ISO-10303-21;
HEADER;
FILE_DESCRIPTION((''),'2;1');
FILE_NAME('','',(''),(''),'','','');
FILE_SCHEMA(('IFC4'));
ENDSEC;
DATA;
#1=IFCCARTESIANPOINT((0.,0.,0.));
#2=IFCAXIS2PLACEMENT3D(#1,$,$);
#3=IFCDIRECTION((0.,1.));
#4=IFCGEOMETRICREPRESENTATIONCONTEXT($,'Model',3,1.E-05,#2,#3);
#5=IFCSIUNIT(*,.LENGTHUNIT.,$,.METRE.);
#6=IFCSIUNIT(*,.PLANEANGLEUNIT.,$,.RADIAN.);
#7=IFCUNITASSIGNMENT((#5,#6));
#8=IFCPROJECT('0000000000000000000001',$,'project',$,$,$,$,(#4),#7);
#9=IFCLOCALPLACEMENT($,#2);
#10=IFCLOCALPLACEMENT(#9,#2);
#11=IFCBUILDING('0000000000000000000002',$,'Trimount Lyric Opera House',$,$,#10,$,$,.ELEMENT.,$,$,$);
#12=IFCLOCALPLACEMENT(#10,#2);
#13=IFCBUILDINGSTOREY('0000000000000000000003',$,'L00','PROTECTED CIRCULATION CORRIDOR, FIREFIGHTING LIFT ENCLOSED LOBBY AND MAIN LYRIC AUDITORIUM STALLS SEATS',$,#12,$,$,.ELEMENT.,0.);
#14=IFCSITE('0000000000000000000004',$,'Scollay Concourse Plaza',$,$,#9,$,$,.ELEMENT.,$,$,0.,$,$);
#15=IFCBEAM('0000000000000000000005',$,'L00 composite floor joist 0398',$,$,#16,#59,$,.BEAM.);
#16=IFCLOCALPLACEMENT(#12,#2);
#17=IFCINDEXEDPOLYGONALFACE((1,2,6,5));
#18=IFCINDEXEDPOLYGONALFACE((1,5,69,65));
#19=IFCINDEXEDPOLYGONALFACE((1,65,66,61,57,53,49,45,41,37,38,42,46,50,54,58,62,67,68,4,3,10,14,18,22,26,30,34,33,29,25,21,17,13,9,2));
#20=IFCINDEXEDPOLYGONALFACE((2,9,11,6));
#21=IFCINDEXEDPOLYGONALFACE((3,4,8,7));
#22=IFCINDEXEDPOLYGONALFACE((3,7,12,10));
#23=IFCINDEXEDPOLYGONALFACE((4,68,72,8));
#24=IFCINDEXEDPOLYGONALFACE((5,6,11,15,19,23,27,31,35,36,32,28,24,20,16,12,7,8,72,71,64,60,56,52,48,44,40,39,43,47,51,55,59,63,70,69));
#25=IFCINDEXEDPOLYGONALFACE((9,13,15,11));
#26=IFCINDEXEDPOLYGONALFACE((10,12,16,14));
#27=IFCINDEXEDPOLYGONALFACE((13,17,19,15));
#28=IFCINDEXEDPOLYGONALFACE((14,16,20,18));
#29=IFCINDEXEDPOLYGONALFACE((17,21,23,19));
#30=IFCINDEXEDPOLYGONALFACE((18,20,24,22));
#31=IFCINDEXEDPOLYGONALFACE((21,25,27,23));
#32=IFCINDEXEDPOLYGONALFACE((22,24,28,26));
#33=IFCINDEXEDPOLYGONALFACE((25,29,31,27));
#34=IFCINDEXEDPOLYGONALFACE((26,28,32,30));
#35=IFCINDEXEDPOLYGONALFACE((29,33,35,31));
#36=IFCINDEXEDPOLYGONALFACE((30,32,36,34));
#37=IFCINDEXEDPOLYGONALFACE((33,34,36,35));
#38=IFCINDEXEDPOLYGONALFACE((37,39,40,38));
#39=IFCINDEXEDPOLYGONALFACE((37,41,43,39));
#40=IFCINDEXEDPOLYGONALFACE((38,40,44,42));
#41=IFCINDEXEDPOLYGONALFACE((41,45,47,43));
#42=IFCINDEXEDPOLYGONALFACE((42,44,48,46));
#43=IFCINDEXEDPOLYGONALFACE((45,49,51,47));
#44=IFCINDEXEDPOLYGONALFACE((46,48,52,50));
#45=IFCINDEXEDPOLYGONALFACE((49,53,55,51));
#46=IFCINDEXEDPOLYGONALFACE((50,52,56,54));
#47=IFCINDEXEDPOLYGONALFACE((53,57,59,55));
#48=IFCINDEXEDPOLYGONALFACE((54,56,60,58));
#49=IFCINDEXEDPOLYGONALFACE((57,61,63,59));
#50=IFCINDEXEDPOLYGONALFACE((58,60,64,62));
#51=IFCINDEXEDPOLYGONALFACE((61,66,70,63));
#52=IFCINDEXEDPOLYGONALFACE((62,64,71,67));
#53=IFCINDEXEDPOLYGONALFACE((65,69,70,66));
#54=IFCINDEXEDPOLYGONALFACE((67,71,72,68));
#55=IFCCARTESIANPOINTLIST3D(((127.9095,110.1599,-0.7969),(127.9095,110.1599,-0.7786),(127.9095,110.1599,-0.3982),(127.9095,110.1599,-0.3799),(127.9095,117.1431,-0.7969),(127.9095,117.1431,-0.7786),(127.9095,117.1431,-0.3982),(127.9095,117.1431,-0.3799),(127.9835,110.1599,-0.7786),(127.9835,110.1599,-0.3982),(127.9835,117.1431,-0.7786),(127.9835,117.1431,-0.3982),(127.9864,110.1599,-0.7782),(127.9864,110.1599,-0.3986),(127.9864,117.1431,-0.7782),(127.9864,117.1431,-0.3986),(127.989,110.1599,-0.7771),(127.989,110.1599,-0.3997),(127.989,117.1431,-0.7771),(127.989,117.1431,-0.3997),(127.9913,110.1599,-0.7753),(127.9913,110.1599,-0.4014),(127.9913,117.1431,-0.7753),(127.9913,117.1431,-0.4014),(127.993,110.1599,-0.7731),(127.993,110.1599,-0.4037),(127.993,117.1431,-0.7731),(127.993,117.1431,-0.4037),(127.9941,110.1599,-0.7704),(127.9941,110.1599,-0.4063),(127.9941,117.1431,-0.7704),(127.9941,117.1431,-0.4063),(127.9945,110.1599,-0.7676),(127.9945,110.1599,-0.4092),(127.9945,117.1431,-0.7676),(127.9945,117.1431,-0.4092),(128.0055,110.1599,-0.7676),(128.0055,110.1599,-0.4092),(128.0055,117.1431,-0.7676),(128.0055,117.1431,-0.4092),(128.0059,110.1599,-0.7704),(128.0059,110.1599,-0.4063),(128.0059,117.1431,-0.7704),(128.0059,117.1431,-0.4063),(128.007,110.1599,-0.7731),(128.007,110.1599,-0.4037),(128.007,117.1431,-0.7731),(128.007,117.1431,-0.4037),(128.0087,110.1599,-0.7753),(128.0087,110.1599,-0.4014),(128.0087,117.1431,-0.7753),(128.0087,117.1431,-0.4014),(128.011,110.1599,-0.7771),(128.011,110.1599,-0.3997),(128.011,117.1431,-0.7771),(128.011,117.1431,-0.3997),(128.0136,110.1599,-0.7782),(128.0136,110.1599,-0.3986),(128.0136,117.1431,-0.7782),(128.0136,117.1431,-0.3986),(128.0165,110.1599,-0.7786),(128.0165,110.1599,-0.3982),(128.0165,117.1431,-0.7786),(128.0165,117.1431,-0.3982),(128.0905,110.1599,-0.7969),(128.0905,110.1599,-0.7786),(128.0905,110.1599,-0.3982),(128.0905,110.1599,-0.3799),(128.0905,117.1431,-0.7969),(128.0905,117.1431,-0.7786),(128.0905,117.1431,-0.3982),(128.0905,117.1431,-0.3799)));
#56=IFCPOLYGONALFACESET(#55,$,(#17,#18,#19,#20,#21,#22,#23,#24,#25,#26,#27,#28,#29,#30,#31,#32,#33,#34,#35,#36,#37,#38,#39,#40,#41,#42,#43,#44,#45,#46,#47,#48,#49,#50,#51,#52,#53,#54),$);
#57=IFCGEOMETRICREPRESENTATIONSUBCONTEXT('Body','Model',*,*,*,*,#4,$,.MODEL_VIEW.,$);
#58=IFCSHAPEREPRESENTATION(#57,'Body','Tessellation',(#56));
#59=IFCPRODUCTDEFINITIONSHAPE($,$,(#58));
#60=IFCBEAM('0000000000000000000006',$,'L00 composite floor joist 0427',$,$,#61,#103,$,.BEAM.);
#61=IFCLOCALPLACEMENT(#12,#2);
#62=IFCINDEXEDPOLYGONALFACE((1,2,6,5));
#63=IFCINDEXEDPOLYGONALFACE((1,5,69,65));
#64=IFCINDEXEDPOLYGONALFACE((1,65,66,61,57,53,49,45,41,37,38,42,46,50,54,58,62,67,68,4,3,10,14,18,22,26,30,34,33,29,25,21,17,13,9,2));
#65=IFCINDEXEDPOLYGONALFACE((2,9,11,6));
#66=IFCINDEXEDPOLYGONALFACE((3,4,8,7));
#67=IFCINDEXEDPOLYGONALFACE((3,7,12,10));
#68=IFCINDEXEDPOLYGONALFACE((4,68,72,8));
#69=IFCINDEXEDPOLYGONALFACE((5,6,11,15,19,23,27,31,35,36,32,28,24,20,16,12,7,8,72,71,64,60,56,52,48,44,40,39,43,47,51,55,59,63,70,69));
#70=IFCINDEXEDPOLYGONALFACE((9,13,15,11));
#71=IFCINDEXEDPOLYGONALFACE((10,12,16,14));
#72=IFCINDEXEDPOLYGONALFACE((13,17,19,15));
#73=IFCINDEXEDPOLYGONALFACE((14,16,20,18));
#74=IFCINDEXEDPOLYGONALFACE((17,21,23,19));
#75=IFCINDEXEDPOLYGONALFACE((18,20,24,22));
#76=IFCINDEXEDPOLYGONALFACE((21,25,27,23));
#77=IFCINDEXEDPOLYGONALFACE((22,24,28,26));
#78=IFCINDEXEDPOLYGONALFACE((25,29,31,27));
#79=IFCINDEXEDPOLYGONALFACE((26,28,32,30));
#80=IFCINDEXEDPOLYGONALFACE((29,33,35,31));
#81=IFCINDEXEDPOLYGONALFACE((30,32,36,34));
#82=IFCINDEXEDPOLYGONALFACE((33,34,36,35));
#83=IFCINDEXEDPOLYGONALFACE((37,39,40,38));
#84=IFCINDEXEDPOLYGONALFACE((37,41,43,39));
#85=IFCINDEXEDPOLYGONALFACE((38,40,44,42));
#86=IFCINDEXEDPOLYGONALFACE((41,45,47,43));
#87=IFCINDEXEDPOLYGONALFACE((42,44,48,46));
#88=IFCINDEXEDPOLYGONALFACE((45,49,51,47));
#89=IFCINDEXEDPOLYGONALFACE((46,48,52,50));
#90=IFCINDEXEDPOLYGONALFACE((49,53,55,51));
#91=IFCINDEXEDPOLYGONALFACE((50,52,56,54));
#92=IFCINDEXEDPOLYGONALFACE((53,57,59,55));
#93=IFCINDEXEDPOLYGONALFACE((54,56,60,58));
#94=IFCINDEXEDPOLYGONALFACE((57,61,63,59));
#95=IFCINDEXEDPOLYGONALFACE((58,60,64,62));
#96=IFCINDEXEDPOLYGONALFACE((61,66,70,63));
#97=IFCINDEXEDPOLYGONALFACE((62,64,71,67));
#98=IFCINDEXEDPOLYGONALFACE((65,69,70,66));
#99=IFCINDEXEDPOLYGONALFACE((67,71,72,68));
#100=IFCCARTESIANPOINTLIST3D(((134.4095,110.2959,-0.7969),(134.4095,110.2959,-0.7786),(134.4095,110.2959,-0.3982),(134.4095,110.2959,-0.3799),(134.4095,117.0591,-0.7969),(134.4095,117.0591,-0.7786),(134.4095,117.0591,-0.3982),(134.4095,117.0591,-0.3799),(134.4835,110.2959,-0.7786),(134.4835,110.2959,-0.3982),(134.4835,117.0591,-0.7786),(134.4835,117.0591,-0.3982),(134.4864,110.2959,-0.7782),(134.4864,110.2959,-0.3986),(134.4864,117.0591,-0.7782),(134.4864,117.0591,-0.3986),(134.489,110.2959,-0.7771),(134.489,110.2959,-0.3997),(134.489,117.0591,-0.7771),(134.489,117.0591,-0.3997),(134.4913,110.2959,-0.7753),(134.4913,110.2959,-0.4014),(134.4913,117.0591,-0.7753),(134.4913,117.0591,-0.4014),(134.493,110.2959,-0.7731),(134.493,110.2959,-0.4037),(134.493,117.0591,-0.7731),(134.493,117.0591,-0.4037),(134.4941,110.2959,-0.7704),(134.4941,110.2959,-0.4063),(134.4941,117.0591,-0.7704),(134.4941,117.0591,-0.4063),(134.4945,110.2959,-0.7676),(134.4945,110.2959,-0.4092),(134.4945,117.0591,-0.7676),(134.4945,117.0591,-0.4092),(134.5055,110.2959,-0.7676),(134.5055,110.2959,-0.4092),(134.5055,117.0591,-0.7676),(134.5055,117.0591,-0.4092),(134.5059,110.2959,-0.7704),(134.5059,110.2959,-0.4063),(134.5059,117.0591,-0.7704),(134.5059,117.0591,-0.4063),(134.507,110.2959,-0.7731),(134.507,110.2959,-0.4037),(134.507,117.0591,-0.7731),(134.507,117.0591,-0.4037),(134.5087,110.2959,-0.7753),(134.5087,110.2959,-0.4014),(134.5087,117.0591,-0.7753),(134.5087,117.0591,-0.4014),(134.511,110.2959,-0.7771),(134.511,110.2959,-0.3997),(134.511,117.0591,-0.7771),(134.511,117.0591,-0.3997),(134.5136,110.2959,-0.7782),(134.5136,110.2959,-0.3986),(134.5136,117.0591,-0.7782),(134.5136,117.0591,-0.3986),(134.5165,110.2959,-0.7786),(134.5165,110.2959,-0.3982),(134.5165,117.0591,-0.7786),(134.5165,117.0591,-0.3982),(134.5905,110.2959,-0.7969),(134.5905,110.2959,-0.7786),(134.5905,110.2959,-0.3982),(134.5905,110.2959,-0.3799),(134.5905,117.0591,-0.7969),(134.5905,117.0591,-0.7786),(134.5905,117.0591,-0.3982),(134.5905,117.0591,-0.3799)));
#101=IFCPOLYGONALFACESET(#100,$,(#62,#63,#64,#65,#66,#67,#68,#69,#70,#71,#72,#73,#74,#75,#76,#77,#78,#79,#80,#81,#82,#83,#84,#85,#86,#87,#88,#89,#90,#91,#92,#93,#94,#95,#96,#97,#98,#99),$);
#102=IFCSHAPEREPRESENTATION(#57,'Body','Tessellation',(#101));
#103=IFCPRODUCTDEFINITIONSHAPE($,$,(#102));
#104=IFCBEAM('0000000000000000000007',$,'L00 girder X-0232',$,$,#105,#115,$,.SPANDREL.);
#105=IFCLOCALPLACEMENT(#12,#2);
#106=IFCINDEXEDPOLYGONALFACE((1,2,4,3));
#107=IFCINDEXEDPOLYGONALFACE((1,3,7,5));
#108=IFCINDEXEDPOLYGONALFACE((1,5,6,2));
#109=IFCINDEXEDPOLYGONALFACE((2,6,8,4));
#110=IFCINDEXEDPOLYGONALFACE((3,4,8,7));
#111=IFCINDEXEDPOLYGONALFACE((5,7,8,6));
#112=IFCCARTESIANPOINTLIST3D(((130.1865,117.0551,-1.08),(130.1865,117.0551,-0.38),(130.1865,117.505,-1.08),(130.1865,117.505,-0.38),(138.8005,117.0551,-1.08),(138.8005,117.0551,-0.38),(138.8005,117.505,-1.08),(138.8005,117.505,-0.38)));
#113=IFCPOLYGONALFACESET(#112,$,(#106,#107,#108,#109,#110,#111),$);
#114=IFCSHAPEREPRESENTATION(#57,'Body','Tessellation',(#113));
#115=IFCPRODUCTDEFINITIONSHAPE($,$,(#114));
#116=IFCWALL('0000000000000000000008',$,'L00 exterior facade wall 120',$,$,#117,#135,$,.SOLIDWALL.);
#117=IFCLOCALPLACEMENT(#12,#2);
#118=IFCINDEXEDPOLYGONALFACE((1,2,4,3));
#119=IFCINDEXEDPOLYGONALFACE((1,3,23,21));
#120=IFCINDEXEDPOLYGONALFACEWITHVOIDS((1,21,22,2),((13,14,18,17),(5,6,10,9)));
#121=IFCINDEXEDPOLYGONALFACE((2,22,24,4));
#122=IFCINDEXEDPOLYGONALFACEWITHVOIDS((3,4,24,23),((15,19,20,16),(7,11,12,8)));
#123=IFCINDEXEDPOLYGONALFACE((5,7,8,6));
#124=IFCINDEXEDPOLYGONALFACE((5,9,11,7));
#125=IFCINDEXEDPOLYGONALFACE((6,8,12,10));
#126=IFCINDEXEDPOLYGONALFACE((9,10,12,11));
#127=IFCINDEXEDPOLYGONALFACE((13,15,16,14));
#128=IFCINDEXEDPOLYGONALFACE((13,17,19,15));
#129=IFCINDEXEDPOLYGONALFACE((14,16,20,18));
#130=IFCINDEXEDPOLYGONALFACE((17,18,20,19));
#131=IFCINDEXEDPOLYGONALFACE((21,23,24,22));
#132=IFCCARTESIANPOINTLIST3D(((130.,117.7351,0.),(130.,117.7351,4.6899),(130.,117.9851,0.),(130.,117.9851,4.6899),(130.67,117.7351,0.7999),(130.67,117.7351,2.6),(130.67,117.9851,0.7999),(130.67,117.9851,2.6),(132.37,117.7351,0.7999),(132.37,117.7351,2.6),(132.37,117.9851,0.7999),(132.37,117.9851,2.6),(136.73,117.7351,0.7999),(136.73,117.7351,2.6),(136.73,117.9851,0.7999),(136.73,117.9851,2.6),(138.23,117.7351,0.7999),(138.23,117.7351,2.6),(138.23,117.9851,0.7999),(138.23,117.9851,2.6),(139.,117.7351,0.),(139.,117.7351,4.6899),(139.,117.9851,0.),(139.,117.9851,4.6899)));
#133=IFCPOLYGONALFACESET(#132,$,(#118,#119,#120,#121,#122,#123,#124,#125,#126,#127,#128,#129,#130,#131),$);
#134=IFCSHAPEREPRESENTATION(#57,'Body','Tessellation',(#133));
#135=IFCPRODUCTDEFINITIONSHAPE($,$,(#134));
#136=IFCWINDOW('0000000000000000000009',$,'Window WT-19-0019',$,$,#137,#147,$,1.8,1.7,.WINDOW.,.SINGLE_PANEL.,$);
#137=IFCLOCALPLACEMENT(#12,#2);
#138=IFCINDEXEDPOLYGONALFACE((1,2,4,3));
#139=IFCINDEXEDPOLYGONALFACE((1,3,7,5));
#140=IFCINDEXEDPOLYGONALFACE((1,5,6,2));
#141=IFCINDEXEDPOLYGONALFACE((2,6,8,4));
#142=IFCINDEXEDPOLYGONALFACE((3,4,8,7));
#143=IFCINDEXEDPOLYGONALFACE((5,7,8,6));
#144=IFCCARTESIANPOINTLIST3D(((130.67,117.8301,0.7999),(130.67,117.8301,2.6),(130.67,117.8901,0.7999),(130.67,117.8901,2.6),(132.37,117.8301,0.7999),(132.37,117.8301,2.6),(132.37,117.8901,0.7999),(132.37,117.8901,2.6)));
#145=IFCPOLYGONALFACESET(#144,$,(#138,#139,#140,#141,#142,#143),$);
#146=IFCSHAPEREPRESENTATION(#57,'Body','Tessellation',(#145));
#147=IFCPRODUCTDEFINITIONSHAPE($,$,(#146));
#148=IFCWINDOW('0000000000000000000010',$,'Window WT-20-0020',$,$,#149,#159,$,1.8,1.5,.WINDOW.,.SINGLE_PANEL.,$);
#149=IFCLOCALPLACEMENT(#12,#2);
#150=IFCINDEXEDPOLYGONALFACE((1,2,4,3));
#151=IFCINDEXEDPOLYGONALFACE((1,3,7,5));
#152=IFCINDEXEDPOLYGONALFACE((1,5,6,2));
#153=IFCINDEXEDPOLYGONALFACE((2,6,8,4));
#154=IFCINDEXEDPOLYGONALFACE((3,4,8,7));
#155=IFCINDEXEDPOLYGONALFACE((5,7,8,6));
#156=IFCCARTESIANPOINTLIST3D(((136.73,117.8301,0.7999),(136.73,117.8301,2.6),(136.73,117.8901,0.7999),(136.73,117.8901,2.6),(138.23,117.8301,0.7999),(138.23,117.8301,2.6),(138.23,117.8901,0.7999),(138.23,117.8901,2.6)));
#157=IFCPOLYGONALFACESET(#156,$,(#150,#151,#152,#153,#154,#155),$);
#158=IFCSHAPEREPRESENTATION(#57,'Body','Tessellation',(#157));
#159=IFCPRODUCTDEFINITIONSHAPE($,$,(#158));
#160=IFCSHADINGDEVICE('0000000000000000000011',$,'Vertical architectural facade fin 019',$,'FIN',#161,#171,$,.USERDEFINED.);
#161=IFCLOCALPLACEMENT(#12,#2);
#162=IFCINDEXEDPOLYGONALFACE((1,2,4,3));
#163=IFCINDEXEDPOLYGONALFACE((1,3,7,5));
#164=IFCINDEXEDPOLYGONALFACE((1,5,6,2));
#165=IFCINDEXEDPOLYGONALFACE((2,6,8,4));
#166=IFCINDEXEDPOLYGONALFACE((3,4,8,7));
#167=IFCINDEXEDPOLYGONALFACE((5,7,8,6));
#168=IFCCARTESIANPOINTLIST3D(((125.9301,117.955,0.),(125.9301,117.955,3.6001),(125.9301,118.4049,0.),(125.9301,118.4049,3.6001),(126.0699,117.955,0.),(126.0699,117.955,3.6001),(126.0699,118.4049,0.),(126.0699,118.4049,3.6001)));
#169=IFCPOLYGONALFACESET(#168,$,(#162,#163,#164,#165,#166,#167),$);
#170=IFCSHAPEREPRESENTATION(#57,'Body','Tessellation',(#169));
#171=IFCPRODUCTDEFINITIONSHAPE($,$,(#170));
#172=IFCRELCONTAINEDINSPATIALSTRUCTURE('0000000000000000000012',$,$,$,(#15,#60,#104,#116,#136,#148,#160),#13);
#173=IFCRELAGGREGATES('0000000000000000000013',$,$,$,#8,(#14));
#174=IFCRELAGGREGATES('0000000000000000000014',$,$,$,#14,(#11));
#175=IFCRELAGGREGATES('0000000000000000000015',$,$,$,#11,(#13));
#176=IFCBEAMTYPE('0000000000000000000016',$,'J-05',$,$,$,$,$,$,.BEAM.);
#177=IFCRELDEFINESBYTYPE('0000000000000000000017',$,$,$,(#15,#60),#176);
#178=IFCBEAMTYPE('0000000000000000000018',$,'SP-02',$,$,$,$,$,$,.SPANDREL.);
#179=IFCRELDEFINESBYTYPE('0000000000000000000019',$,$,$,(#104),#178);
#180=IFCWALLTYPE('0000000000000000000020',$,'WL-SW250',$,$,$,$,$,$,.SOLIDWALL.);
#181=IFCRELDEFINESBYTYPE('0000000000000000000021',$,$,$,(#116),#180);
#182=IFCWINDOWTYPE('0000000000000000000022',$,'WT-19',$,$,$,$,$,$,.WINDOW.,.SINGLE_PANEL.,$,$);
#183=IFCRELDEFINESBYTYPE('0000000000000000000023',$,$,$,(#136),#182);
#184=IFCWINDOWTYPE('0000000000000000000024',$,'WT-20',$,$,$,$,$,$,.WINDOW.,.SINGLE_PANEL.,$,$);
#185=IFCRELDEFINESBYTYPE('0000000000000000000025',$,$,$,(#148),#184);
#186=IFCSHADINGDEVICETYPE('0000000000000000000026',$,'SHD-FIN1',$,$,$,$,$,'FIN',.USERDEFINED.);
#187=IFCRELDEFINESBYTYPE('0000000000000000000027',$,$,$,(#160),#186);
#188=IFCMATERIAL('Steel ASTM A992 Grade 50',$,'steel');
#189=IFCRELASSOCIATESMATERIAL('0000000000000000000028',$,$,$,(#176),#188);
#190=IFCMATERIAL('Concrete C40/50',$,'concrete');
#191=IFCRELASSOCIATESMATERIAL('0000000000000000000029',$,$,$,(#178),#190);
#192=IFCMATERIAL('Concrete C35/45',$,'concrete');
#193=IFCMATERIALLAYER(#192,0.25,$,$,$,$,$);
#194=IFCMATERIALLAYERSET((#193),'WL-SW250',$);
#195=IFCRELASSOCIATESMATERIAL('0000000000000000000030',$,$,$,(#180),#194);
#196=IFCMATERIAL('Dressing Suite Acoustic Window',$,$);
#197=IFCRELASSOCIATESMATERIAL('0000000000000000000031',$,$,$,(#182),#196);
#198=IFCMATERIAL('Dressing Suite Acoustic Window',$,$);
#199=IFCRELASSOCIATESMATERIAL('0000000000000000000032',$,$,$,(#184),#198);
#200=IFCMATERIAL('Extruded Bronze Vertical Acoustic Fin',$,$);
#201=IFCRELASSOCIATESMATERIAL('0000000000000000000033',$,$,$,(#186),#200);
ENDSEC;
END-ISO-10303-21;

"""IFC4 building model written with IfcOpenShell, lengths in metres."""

from ifc_helpers import new_model, si_unit, direction, frame, frame_2d, origin, origin_2d, place, context, subcontext, project, spatial, rectangle, i_section, extrude, material, layer, layer_set, material_profile, profile_set, type_object, element, fill, save


model = new_model("IFC4")

# Units and contexts
model_context = context("Model", 3, precision=1e-05, world=origin(), true_north=direction((0.0, 1.0)))
body_context = subcontext(model_context, "Body", "Model", "MODEL_VIEW")
ifc_project = project(units=[si_unit("LENGTHUNIT", "METRE"), si_unit("PLANEANGLEUNIT", "RADIAN")], contexts=[model_context])

# Site, building, storey
site_placement = place(None, origin())
site = spatial("IfcSite", under=ifc_project, at=site_placement, Name="Scollay Concourse Plaza", CompositionType="ELEMENT", RefElevation=0.0)
building_placement = place(site_placement, origin())
building = spatial("IfcBuilding", under=site, at=building_placement, Name="Trimount Lyric Opera House", CompositionType="ELEMENT")
storey_placement = place(building_placement, origin())
storey = spatial("IfcBuildingStorey", under=building, at=storey_placement, Name="L00", Description="PROTECTED CIRCULATION CORRIDOR, FIREFIGHTING LIFT ENCLOSED LOBBY AND MAIN LYRIC AUDITORIUM STALLS SEATS", CompositionType="ELEMENT", Elevation=0.0)

# Beams
ifc_material_1 = material(Name="Steel ASTM A992 Grade 50", Category="steel")
ifc_material_profile_1 = material_profile(ifc_material_1, i_section(OverallWidth=0.1809, OverallDepth=0.417, WebThickness=0.011, FlangeThickness=0.0183, FilletRadius=0.011, at=origin_2d()), Name="W16X57")
ifc_profile_set_1 = profile_set([ifc_material_profile_1], Name="Steel ASTM A992 Grade 50")
beam_type_1 = type_object("IfcBeamType", Name="J-05", PredefinedType="BEAM", material=ifc_profile_set_1)
beam_1_placement = place(storey_placement, frame((128.0, 110.1599, -0.5884), z_axis=(0.0, 1.0, 0.0), x_axis=(-1.0, 0.0, 0.0)))
element("IfcBeam", 1, at=beam_1_placement, inside=storey, type_object=beam_type_1, Name="L00 composite floor joist 0398", PredefinedType="BEAM", context=body_context, shape_type="SweptSolid", body=[
    extrude(i_section(OverallWidth=0.1809, OverallDepth=0.417, WebThickness=0.011, FlangeThickness=0.0183, FilletRadius=0.011, at=origin_2d()), origin(), (0.0, 0.0, 1.0), 6.9832),
])
beam_2_placement = place(storey_placement, frame((134.5, 110.2959, -0.5884), z_axis=(0.0, 1.0, 0.0), x_axis=(-1.0, 0.0, 0.0)))
element("IfcBeam", 2, at=beam_2_placement, inside=storey, type_object=beam_type_1, Name="L00 composite floor joist 0427", PredefinedType="BEAM", context=body_context, shape_type="SweptSolid", body=[
    extrude(i_section(OverallWidth=0.1809, OverallDepth=0.417, WebThickness=0.011, FlangeThickness=0.0183, FilletRadius=0.011, at=origin_2d()), origin(), (0.0, 0.0, 1.0), 6.7632),
])
ifc_material_2 = material(Name="Concrete C40/50", Category="concrete")
ifc_material_profile_2 = material_profile(ifc_material_2, rectangle(XDim=0.45, YDim=0.7, at=origin_2d()), Name="RC450X700")
ifc_profile_set_2 = profile_set([ifc_material_profile_2], Name="Concrete C40/50")
beam_type_2 = type_object("IfcBeamType", Name="SP-02", PredefinedType="SPANDREL", material=ifc_profile_set_2)
beam_3_placement = place(storey_placement, frame((130.1865, 117.28, -0.73), z_axis=(1.0, 0.0, 0.0), x_axis=(0.0, 1.0, 0.0)))
element("IfcBeam", 3, at=beam_3_placement, inside=storey, type_object=beam_type_2, Name="L00 girder X-0232", PredefinedType="SPANDREL", context=body_context, shape_type="SweptSolid", body=[
    extrude(rectangle(XDim=0.45, YDim=0.7, at=origin_2d()), origin(), (0.0, 0.0, 1.0), 8.614),
])

# Wall, openings, windows
ifc_material_3 = material(Name="Concrete C35/45", Category="concrete")
ifc_layer = layer(ifc_material_3, 0.25)
ifc_layer_set = layer_set([ifc_layer], Name="WL-SW250")
wall_type = type_object("IfcWallType", Name="WL-SW250", PredefinedType="SOLIDWALL", material=ifc_layer_set)
wall_placement = place(storey_placement, frame((130.0, 117.8601, 0.0), z_axis=(0.0, 0.0, 1.0), x_axis=(1.0, 0.0, 0.0)))
wall = element("IfcWall", 4, at=wall_placement, inside=storey, type_object=wall_type, Name="L00 exterior facade wall 120", PredefinedType="SOLIDWALL", context=body_context, shape_type="SweptSolid", body=[
    extrude(rectangle(XDim=9.0, YDim=0.25, at=frame_2d((4.5, 0.0))), origin(), (0.0, 0.0, 1.0), 4.6899),
])
opening_1_placement = place(wall_placement, frame((0.6699, 0.0, 0.8)))
opening_1 = element("IfcOpeningElement", 5, at=opening_1_placement, cuts=wall, PredefinedType="OPENING", context=body_context, shape_type="SweptSolid", body=[
    extrude(rectangle(XDim=1.7, YDim=1.8, at=frame_2d((0.8501, 0.8999))), frame((0.0, 0.135, 0.0), z_axis=(0.0, -1.0, 0.0), x_axis=(1.0, 0.0, 0.0)), (0.0, 0.0, 1.0), 0.27),
])
opening_2_placement = place(wall_placement, frame((6.73, 0.0, 0.8)))
opening_2 = element("IfcOpeningElement", 6, at=opening_2_placement, cuts=wall, PredefinedType="OPENING", context=body_context, shape_type="SweptSolid", body=[
    extrude(rectangle(XDim=1.5, YDim=1.8, at=frame_2d((0.75, 0.8999))), frame((0.0, 0.135, 0.0), z_axis=(0.0, -1.0, 0.0), x_axis=(1.0, 0.0, 0.0)), (0.0, 0.0, 1.0), 0.27),
])
ifc_material_4 = material(Name="Dressing Suite Acoustic Window")
window_type_1 = type_object("IfcWindowType", Name="WT-19", PartitioningType="SINGLE_PANEL", PredefinedType="WINDOW", material=ifc_material_4)
window_1_placement = place(opening_1_placement, origin())
window_1 = element("IfcWindow", 7, at=window_1_placement, inside=storey, type_object=window_type_1, Name="Window WT-19-0019", OverallHeight=1.8, OverallWidth=1.7, PartitioningType="SINGLE_PANEL", PredefinedType="WINDOW", context=body_context, shape_type="SweptSolid", body=[
    extrude(rectangle(XDim=1.7, YDim=1.8, at=frame_2d((0.8501, 0.8999))), frame((0.0, 0.03, 0.0), z_axis=(0.0, -1.0, 0.0), x_axis=(1.0, 0.0, 0.0)), (0.0, 0.0, 1.0), 0.0601),
])
fill(opening_1, window_1)
ifc_material_5 = material(Name="Dressing Suite Acoustic Window")
window_type_2 = type_object("IfcWindowType", Name="WT-20", PartitioningType="SINGLE_PANEL", PredefinedType="WINDOW", material=ifc_material_5)
window_2_placement = place(opening_2_placement, origin())
window_2 = element("IfcWindow", 8, at=window_2_placement, inside=storey, type_object=window_type_2, Name="Window WT-20-0020", OverallHeight=1.8, OverallWidth=1.5, PartitioningType="SINGLE_PANEL", PredefinedType="WINDOW", context=body_context, shape_type="SweptSolid", body=[
    extrude(rectangle(XDim=1.5, YDim=1.8, at=frame_2d((0.75, 0.8999))), frame((0.0, 0.03, 0.0), z_axis=(0.0, -1.0, 0.0), x_axis=(1.0, 0.0, 0.0)), (0.0, 0.0, 1.0), 0.0601),
])
fill(opening_2, window_2)

# Shading device
ifc_material_6 = material(Name="Extruded Bronze Vertical Acoustic Fin")
shading_device_type_1 = type_object("IfcShadingDeviceType", Name="SHD-FIN1", ElementType="FIN", PredefinedType="USERDEFINED", material=ifc_material_6)
shading_device_1_placement = place(storey_placement, frame((126.0, 118.1799, 0.0), z_axis=(0.0, 0.0, 1.0), x_axis=(1.0, 0.0, 0.0)))
element("IfcShadingDevice", 9, at=shading_device_1_placement, inside=storey, type_object=shading_device_type_1, Name="Vertical architectural facade fin 019", ObjectType="FIN", PredefinedType="USERDEFINED", context=body_context, shape_type="SweptSolid", body=[
    extrude(rectangle(XDim=0.1399, YDim=0.45, at=origin_2d()), origin(), (0.0, 0.0, 1.0), 3.6001),
])

save(model, "model.ifc")
